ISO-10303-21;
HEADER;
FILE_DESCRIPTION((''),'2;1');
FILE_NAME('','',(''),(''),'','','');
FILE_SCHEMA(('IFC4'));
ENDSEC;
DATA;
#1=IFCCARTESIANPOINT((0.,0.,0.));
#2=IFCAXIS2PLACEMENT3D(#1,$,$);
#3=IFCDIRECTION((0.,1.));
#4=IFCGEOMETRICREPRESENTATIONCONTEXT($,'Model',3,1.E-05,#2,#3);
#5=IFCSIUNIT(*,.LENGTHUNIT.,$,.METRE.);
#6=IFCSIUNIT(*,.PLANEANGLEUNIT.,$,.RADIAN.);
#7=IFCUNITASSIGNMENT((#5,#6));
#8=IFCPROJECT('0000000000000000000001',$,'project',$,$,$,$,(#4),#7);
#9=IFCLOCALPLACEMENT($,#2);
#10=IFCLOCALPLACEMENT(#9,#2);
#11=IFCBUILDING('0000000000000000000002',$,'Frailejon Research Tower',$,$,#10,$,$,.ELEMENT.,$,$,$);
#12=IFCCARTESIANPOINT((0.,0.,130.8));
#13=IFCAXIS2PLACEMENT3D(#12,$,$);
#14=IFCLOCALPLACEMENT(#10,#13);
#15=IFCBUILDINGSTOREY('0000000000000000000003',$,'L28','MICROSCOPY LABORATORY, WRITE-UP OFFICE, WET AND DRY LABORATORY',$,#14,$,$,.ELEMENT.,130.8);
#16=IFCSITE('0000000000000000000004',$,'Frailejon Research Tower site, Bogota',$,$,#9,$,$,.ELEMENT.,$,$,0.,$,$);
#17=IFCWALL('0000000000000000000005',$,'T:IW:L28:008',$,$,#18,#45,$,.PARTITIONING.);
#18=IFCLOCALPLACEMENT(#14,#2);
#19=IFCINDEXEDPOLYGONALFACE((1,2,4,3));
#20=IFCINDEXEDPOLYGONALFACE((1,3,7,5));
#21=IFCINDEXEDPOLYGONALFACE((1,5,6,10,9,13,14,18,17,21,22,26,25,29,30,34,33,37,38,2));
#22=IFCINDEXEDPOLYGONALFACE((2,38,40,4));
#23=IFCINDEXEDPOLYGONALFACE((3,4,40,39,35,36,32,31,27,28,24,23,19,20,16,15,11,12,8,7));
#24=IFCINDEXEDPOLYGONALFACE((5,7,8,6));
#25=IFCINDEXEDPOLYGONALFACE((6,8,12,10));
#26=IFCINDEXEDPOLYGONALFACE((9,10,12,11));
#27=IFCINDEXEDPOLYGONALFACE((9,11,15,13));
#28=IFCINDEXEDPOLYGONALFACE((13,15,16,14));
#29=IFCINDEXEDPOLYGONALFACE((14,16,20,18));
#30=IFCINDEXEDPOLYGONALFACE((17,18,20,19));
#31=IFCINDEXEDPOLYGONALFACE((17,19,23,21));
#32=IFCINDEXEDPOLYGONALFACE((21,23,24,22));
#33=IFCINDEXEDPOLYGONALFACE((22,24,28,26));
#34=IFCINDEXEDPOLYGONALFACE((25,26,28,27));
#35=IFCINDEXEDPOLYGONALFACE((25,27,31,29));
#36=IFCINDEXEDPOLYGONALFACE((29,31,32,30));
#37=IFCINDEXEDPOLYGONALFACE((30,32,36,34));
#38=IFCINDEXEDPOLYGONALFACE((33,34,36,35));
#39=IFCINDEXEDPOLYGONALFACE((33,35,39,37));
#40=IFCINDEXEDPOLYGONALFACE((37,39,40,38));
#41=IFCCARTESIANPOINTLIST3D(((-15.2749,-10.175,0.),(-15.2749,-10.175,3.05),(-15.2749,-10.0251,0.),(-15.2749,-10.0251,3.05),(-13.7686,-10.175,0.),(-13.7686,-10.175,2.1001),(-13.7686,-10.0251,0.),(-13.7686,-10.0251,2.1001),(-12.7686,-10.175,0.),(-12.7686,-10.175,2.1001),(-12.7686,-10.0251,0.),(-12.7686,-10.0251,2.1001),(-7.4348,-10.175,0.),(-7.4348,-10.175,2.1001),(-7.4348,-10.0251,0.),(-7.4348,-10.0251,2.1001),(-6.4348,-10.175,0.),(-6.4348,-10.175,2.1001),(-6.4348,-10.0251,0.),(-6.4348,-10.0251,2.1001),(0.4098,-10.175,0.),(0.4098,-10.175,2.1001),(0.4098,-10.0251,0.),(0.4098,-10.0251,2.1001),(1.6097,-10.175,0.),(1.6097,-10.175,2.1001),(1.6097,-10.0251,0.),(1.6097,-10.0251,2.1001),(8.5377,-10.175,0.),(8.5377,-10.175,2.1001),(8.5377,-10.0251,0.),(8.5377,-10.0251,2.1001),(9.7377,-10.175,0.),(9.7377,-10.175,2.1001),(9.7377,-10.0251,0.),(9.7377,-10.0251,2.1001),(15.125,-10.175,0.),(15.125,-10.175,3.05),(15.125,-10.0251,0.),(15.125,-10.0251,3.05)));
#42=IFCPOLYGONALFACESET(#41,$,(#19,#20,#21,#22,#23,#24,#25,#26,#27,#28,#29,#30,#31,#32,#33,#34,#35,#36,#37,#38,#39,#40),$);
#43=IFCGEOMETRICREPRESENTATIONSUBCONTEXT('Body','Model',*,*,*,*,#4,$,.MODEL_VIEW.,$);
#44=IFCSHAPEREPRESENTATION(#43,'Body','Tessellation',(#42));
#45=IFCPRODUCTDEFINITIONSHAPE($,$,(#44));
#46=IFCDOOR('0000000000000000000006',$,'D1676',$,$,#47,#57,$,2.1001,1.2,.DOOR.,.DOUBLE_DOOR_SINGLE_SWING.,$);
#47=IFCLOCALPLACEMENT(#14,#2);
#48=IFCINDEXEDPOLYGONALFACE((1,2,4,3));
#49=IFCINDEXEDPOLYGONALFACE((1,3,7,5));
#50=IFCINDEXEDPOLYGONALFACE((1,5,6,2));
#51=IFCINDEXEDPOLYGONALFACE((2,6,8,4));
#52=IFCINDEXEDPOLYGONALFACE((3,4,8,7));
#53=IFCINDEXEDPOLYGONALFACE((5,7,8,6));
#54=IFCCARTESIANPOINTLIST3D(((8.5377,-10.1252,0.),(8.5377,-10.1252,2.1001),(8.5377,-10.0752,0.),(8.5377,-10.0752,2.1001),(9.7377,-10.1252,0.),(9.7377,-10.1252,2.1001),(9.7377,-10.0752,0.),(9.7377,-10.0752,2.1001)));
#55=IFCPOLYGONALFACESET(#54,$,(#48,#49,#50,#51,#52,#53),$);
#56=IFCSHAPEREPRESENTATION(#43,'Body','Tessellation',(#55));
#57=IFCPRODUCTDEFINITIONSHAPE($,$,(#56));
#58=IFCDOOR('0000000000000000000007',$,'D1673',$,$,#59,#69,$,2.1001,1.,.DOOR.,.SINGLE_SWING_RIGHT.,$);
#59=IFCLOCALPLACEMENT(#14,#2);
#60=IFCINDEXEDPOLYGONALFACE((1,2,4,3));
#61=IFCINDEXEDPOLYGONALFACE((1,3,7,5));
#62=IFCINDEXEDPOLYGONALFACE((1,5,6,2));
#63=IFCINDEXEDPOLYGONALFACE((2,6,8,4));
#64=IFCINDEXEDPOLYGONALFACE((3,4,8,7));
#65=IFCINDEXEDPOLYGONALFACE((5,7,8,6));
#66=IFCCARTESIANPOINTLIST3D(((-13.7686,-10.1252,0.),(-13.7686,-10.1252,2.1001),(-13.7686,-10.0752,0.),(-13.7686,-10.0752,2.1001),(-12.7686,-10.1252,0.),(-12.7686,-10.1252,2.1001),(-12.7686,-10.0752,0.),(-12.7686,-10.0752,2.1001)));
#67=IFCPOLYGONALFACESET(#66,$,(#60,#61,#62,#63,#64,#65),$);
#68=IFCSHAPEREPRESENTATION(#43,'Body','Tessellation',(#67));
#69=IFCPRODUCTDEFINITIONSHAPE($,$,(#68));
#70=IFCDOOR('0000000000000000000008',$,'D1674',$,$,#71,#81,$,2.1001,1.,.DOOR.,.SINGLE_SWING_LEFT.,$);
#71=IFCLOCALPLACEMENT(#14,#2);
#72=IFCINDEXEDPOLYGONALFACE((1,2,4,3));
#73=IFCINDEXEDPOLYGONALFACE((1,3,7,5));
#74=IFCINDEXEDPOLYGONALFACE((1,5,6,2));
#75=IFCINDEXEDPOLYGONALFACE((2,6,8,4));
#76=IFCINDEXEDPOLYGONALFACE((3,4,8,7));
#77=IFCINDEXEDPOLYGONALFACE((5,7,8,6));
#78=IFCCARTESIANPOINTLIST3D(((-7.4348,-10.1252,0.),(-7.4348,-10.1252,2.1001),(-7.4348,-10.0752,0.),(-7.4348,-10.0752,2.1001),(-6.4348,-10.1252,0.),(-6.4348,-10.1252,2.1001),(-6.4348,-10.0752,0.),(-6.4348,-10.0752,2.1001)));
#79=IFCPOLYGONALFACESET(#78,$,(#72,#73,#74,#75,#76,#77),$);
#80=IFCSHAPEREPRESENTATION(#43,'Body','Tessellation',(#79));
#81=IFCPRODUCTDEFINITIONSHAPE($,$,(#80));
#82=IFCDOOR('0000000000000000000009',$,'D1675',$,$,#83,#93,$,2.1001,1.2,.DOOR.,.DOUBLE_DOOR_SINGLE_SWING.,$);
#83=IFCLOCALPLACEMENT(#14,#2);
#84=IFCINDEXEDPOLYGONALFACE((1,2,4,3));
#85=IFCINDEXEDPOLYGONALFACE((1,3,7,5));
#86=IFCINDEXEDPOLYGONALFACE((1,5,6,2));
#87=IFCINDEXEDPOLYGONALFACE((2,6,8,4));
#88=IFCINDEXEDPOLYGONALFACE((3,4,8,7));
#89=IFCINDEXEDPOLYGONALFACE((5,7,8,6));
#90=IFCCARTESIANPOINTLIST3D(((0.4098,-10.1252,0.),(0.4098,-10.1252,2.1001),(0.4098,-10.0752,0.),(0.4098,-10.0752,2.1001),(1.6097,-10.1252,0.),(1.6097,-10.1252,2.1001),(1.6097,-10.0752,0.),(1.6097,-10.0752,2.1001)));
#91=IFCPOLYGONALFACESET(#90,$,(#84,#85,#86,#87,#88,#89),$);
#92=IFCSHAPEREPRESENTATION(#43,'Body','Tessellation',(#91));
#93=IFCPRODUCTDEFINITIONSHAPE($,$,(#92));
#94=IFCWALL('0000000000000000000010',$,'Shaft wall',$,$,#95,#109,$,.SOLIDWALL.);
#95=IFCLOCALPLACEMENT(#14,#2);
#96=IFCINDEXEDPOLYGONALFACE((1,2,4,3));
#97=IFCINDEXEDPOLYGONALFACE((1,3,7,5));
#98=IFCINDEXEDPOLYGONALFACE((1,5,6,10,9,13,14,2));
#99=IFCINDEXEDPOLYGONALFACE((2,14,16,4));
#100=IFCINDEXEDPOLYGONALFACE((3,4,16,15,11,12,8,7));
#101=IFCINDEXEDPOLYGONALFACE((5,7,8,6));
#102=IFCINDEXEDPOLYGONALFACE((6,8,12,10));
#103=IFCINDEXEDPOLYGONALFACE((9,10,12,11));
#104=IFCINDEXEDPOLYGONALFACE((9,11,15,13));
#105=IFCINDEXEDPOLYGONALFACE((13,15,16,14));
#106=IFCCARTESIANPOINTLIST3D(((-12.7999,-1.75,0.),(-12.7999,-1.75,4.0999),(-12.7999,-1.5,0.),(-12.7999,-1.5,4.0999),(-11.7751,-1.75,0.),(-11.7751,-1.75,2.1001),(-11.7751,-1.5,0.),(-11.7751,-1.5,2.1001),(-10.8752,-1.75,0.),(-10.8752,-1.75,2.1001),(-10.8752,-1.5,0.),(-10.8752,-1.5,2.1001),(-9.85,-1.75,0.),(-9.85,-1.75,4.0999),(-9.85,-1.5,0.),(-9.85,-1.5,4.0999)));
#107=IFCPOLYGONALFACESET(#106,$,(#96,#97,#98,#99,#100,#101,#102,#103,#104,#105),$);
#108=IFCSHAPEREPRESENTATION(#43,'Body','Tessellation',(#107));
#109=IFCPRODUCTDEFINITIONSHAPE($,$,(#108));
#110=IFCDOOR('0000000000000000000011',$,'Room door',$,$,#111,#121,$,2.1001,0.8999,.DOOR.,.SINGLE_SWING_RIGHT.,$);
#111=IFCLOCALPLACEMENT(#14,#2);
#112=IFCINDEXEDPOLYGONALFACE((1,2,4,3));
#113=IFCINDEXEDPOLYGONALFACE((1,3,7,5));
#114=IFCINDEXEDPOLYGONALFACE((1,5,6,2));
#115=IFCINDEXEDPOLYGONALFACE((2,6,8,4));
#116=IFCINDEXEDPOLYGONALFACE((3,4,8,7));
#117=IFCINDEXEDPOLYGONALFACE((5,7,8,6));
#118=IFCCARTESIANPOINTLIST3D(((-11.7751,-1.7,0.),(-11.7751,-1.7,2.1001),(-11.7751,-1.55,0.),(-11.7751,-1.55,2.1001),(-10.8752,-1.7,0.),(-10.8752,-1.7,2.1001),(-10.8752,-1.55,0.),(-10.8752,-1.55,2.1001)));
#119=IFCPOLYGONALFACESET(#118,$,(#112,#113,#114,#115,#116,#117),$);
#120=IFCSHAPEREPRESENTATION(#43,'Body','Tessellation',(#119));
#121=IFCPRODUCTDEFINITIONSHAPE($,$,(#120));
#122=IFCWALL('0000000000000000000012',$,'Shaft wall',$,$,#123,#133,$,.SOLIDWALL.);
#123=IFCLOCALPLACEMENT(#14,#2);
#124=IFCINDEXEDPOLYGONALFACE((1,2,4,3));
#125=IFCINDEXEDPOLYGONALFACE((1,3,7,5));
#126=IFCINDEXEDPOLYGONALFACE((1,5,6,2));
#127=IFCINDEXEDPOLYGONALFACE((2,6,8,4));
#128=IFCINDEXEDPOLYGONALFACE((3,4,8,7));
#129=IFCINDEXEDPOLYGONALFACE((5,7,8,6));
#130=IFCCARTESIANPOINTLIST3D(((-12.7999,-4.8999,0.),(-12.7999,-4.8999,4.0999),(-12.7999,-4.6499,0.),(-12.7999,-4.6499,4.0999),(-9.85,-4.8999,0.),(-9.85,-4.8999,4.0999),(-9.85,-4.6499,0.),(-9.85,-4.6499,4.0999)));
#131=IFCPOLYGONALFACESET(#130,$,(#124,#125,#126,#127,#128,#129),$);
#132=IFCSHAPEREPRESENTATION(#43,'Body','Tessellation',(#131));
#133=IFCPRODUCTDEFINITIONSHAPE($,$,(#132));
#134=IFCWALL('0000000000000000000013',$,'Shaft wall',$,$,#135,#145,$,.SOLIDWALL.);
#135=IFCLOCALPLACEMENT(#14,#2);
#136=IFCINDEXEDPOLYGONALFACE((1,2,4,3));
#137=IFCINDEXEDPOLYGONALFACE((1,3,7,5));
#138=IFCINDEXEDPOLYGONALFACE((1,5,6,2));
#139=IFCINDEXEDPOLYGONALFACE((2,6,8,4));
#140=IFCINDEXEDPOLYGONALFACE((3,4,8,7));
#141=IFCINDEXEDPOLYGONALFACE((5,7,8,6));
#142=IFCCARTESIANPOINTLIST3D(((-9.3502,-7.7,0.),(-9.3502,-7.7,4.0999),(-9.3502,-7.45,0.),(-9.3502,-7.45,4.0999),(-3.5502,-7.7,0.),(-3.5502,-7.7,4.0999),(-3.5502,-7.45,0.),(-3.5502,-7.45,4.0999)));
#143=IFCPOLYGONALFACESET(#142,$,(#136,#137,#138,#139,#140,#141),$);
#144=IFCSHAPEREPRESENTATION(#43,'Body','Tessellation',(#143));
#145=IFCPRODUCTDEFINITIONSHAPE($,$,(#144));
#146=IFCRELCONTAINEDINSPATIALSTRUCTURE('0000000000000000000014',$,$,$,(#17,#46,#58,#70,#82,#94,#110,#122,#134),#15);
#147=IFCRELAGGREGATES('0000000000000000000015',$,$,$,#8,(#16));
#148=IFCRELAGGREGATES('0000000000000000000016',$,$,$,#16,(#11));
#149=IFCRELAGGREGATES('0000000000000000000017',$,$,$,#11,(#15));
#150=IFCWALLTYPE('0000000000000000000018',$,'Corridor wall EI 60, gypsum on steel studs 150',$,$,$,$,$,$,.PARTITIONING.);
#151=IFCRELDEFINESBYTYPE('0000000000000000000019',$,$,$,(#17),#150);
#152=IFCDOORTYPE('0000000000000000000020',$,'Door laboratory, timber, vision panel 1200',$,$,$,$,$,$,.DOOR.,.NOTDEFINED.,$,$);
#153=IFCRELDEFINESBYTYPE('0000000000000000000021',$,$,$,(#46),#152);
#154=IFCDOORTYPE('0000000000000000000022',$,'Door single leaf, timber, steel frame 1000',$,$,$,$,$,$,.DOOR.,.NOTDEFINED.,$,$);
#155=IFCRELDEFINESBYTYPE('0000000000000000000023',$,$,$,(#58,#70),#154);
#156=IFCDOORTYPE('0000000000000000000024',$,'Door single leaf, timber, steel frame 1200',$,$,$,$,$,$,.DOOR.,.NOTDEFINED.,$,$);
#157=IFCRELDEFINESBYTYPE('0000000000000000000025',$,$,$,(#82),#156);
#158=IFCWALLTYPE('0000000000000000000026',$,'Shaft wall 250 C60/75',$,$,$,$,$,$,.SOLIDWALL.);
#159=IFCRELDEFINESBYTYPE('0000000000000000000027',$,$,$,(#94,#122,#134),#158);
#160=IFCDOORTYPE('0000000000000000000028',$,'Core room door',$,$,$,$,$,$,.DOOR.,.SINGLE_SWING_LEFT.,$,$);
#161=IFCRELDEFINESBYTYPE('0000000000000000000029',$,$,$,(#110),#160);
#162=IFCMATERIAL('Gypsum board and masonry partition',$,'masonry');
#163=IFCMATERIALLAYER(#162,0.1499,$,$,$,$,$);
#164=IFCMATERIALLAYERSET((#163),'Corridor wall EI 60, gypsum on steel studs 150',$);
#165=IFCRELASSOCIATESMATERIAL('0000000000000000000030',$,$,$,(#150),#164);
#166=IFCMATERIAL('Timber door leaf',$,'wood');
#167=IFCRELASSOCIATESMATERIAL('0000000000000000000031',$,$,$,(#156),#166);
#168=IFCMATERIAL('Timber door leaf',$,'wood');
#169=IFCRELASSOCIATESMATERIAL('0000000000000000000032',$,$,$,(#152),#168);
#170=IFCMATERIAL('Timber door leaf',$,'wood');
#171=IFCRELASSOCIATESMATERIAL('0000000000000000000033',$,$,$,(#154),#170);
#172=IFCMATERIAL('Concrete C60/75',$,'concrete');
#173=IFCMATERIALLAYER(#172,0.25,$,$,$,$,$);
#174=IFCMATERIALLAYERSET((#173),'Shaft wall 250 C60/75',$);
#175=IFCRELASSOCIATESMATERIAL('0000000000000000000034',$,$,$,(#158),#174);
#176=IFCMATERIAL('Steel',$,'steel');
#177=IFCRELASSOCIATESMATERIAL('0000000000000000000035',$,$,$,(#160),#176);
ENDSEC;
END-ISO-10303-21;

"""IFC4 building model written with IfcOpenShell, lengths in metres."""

from ifc_helpers import new_model, si_unit, direction, frame, frame_2d, origin, place, context, subcontext, project, spatial, rectangle, extrude, material, layer, layer_set, type_object, element, fill, save


model = new_model("IFC4")

# Units and contexts
model_context = context("Model", 3, precision=1e-05, world=origin(), true_north=direction((0.0, 1.0)))
body_context = subcontext(model_context, "Body", "Model", "MODEL_VIEW")
ifc_project = project(units=[si_unit("LENGTHUNIT", "METRE"), si_unit("PLANEANGLEUNIT", "RADIAN")], contexts=[model_context])

# Site, building, storey
site_placement = place(None, origin())
site = spatial("IfcSite", under=ifc_project, at=site_placement, Name="Frailejon Research Tower site, Bogota", CompositionType="ELEMENT", RefElevation=0.0)
building_placement = place(site_placement, origin())
building = spatial("IfcBuilding", under=site, at=building_placement, Name="Frailejon Research Tower", CompositionType="ELEMENT")
storey_placement = place(building_placement, frame((0.0, 0.0, 130.8)))
storey = spatial("IfcBuildingStorey", under=building, at=storey_placement, Name="L28", Description="MICROSCOPY LABORATORY, WRITE-UP OFFICE, WET AND DRY LABORATORY", CompositionType="ELEMENT", Elevation=130.8)

# Shared definitions
ifc_material_1 = material(Name="Gypsum board and masonry partition", Category="masonry")
ifc_layer_1 = layer(ifc_material_1, 0.1499)
ifc_layer_set_1 = layer_set([ifc_layer_1], Name="Corridor wall EI 60, gypsum on steel studs 150")
wall_type_1 = type_object("IfcWallType", Name="Corridor wall EI 60, gypsum on steel studs 150", PredefinedType="PARTITIONING", material=ifc_layer_set_1)

# Shared definitions
ifc_material_2 = material(Name="Timber door leaf", Category="wood")
door_type_1 = type_object("IfcDoorType", Name="Door single leaf, timber, steel frame 1200", OperationType="NOTDEFINED", PredefinedType="DOOR", material=ifc_material_2)

# Wall, openings, doors
wall_1_placement = place(storey_placement, frame((-15.2749, -10.1001, 0.0), z_axis=(0.0, 0.0, 1.0), x_axis=(1.0, 0.0, 0.0)))
wall_1 = element("IfcWall", 1, at=wall_1_placement, inside=storey, type_object=wall_type_1, Name="T:IW:L28:008", PredefinedType="PARTITIONING", context=body_context, shape_type="SweptSolid", body=[
    extrude(rectangle(XDim=30.3999, YDim=0.1499, at=frame_2d((15.2, 0.0))), origin(), (0.0, 0.0, 1.0), 3.05),
])
opening_1_placement = place(wall_1_placement, frame((1.5063, 0.0, 0.0)))
opening_1 = element("IfcOpeningElement", 2, at=opening_1_placement, cuts=wall_1, PredefinedType="OPENING", context=body_context, shape_type="SweptSolid", body=[
    extrude(rectangle(XDim=1.0, YDim=2.1001, at=frame_2d((0.5, 1.05))), frame((0.0, 0.085, 0.0), z_axis=(0.0, -1.0, 0.0), x_axis=(1.0, 0.0, 0.0)), (0.0, 0.0, 1.0), 0.1699),
])
opening_2_placement = place(wall_1_placement, frame((7.8401, 0.0, 0.0)))
opening_2 = element("IfcOpeningElement", 3, at=opening_2_placement, cuts=wall_1, PredefinedType="OPENING", context=body_context, shape_type="SweptSolid", body=[
    extrude(rectangle(XDim=1.0, YDim=2.1001, at=frame_2d((0.5, 1.05))), frame((0.0, 0.085, 0.0), z_axis=(0.0, -1.0, 0.0), x_axis=(1.0, 0.0, 0.0)), (0.0, 0.0, 1.0), 0.1699),
])
opening_3_placement = place(wall_1_placement, frame((15.6846, 0.0, 0.0)))
opening_3 = element("IfcOpeningElement", 4, at=opening_3_placement, cuts=wall_1, PredefinedType="OPENING", context=body_context, shape_type="SweptSolid", body=[
    extrude(rectangle(XDim=1.2, YDim=2.1001, at=frame_2d((0.6001, 1.05))), frame((0.0, 0.085, 0.0), z_axis=(0.0, -1.0, 0.0), x_axis=(1.0, 0.0, 0.0)), (0.0, 0.0, 1.0), 0.1699),
])
opening_4_placement = place(wall_1_placement, frame((23.8125, 0.0, 0.0)))
opening_4 = element("IfcOpeningElement", 5, at=opening_4_placement, cuts=wall_1, PredefinedType="OPENING", context=body_context, shape_type="SweptSolid", body=[
    extrude(rectangle(XDim=1.2, YDim=2.1001, at=frame_2d((0.6001, 1.05))), frame((0.0, 0.085, 0.0), z_axis=(0.0, -1.0, 0.0), x_axis=(1.0, 0.0, 0.0)), (0.0, 0.0, 1.0), 0.1699),
])
ifc_material_3 = material(Name="Timber door leaf", Category="wood")
door_type_2 = type_object("IfcDoorType", Name="Door laboratory, timber, vision panel 1200", OperationType="NOTDEFINED", PredefinedType="DOOR", material=ifc_material_3)
door_1_placement = place(opening_4_placement, origin())
door_1 = element("IfcDoor", 6, at=door_1_placement, inside=storey, type_object=door_type_2, Name="D1676", OperationType="DOUBLE_DOOR_SINGLE_SWING", OverallHeight=2.1001, OverallWidth=1.2, PredefinedType="DOOR", context=body_context, shape_type="SweptSolid", body=[
    extrude(rectangle(XDim=1.2, YDim=2.1001, at=frame_2d((0.6001, 1.05))), frame((0.0, 0.0249, 0.0), z_axis=(0.0, -1.0, 0.0), x_axis=(1.0, 0.0, 0.0)), (0.0, 0.0, 1.0), 0.05),
])
fill(opening_4, door_1)
ifc_material_4 = material(Name="Timber door leaf", Category="wood")
door_type_3 = type_object("IfcDoorType", Name="Door single leaf, timber, steel frame 1000", OperationType="NOTDEFINED", PredefinedType="DOOR", material=ifc_material_4)
door_2_placement = place(opening_1_placement, origin())
door_2 = element("IfcDoor", 7, at=door_2_placement, inside=storey, type_object=door_type_3, Name="D1673", OperationType="SINGLE_SWING_RIGHT", OverallHeight=2.1001, OverallWidth=1.0, PredefinedType="DOOR", context=body_context, shape_type="SweptSolid", body=[
    extrude(rectangle(XDim=1.0, YDim=2.1001, at=frame_2d((0.5, 1.05))), frame((0.0, 0.0249, 0.0), z_axis=(0.0, -1.0, 0.0), x_axis=(1.0, 0.0, 0.0)), (0.0, 0.0, 1.0), 0.05),
])
fill(opening_1, door_2)
door_3_placement = place(opening_2_placement, origin())
door_3 = element("IfcDoor", 8, at=door_3_placement, inside=storey, type_object=door_type_3, Name="D1674", OperationType="SINGLE_SWING_LEFT", OverallHeight=2.1001, OverallWidth=1.0, PredefinedType="DOOR", context=body_context, shape_type="SweptSolid", body=[
    extrude(rectangle(XDim=1.0, YDim=2.1001, at=frame_2d((0.5, 1.05))), frame((0.0, 0.0249, 0.0), z_axis=(0.0, -1.0, 0.0), x_axis=(1.0, 0.0, 0.0)), (0.0, 0.0, 1.0), 0.05),
])
fill(opening_2, door_3)
door_4_placement = place(opening_3_placement, origin())
door_4 = element("IfcDoor", 9, at=door_4_placement, inside=storey, type_object=door_type_1, Name="D1675", OperationType="DOUBLE_DOOR_SINGLE_SWING", OverallHeight=2.1001, OverallWidth=1.2, PredefinedType="DOOR", context=body_context, shape_type="SweptSolid", body=[
    extrude(rectangle(XDim=1.2, YDim=2.1001, at=frame_2d((0.6001, 1.05))), frame((0.0, 0.0249, 0.0), z_axis=(0.0, -1.0, 0.0), x_axis=(1.0, 0.0, 0.0)), (0.0, 0.0, 1.0), 0.05),
])
fill(opening_3, door_4)

# Wall, opening, door
ifc_material_5 = material(Name="Concrete C60/75", Category="concrete")
ifc_layer_2 = layer(ifc_material_5, 0.25)
ifc_layer_set_2 = layer_set([ifc_layer_2], Name="Shaft wall 250 C60/75")
wall_type_2 = type_object("IfcWallType", Name="Shaft wall 250 C60/75", PredefinedType="SOLIDWALL", material=ifc_layer_set_2)
wall_2_placement = place(storey_placement, frame((-12.8, -1.625, 0.0), z_axis=(0.0, 0.0, 1.0), x_axis=(1.0, 0.0, 0.0)))
wall_2 = element("IfcWall", 10, at=wall_2_placement, inside=storey, type_object=wall_type_2, Name="Shaft wall", PredefinedType="SOLIDWALL", context=body_context, shape_type="SweptSolid", body=[
    extrude(rectangle(XDim=2.95, YDim=0.25, at=frame_2d((1.4751, 0.0))), origin(), (0.0, 0.0, 1.0), 4.0999),
])
opening_5_placement = place(wall_2_placement, frame((1.0249, 0.0, 0.0)))
opening_5 = element("IfcOpeningElement", 11, at=opening_5_placement, cuts=wall_2, PredefinedType="OPENING", context=body_context, shape_type="SweptSolid", body=[
    extrude(rectangle(XDim=0.8999, YDim=2.1001, at=frame_2d((0.45, 1.05))), frame((0.0, 0.135, 0.0), z_axis=(0.0, -1.0, 0.0), x_axis=(1.0, 0.0, 0.0)), (0.0, 0.0, 1.0), 0.27),
])
ifc_material_6 = material(Name="Steel", Category="steel")
door_type_4 = type_object("IfcDoorType", Name="Core room door", OperationType="SINGLE_SWING_LEFT", PredefinedType="DOOR", material=ifc_material_6)
door_5_placement = place(opening_5_placement, origin())
door_5 = element("IfcDoor", 12, at=door_5_placement, inside=storey, type_object=door_type_4, Name="Room door", OperationType="SINGLE_SWING_RIGHT", OverallHeight=2.1001, OverallWidth=0.8999, PredefinedType="DOOR", context=body_context, shape_type="SweptSolid", body=[
    extrude(rectangle(XDim=0.8999, YDim=2.1001, at=frame_2d((0.45, 1.05))), frame((0.0, 0.075, 0.0), z_axis=(0.0, -1.0, 0.0), x_axis=(1.0, 0.0, 0.0)), (0.0, 0.0, 1.0), 0.1499),
])
fill(opening_5, door_5)

# Walls
wall_3_placement = place(storey_placement, frame((-12.8, -4.7749, 0.0), z_axis=(0.0, 0.0, 1.0), x_axis=(1.0, 0.0, 0.0)))
element("IfcWall", 13, at=wall_3_placement, inside=storey, type_object=wall_type_2, Name="Shaft wall", PredefinedType="SOLIDWALL", context=body_context, shape_type="SweptSolid", body=[
    extrude(rectangle(XDim=2.95, YDim=0.25, at=frame_2d((1.4751, 0.0))), origin(), (0.0, 0.0, 1.0), 4.0999),
])
wall_4_placement = place(storey_placement, frame((-9.3501, -7.575, 0.0), z_axis=(0.0, 0.0, 1.0), x_axis=(1.0, 0.0, 0.0)))
element("IfcWall", 14, at=wall_4_placement, inside=storey, type_object=wall_type_2, Name="Shaft wall", PredefinedType="SOLIDWALL", context=body_context, shape_type="SweptSolid", body=[
    extrude(rectangle(XDim=5.8, YDim=0.25, at=frame_2d((2.8999, 0.0))), origin(), (0.0, 0.0, 1.0), 4.0999),
])

save(model, "model.ifc")
